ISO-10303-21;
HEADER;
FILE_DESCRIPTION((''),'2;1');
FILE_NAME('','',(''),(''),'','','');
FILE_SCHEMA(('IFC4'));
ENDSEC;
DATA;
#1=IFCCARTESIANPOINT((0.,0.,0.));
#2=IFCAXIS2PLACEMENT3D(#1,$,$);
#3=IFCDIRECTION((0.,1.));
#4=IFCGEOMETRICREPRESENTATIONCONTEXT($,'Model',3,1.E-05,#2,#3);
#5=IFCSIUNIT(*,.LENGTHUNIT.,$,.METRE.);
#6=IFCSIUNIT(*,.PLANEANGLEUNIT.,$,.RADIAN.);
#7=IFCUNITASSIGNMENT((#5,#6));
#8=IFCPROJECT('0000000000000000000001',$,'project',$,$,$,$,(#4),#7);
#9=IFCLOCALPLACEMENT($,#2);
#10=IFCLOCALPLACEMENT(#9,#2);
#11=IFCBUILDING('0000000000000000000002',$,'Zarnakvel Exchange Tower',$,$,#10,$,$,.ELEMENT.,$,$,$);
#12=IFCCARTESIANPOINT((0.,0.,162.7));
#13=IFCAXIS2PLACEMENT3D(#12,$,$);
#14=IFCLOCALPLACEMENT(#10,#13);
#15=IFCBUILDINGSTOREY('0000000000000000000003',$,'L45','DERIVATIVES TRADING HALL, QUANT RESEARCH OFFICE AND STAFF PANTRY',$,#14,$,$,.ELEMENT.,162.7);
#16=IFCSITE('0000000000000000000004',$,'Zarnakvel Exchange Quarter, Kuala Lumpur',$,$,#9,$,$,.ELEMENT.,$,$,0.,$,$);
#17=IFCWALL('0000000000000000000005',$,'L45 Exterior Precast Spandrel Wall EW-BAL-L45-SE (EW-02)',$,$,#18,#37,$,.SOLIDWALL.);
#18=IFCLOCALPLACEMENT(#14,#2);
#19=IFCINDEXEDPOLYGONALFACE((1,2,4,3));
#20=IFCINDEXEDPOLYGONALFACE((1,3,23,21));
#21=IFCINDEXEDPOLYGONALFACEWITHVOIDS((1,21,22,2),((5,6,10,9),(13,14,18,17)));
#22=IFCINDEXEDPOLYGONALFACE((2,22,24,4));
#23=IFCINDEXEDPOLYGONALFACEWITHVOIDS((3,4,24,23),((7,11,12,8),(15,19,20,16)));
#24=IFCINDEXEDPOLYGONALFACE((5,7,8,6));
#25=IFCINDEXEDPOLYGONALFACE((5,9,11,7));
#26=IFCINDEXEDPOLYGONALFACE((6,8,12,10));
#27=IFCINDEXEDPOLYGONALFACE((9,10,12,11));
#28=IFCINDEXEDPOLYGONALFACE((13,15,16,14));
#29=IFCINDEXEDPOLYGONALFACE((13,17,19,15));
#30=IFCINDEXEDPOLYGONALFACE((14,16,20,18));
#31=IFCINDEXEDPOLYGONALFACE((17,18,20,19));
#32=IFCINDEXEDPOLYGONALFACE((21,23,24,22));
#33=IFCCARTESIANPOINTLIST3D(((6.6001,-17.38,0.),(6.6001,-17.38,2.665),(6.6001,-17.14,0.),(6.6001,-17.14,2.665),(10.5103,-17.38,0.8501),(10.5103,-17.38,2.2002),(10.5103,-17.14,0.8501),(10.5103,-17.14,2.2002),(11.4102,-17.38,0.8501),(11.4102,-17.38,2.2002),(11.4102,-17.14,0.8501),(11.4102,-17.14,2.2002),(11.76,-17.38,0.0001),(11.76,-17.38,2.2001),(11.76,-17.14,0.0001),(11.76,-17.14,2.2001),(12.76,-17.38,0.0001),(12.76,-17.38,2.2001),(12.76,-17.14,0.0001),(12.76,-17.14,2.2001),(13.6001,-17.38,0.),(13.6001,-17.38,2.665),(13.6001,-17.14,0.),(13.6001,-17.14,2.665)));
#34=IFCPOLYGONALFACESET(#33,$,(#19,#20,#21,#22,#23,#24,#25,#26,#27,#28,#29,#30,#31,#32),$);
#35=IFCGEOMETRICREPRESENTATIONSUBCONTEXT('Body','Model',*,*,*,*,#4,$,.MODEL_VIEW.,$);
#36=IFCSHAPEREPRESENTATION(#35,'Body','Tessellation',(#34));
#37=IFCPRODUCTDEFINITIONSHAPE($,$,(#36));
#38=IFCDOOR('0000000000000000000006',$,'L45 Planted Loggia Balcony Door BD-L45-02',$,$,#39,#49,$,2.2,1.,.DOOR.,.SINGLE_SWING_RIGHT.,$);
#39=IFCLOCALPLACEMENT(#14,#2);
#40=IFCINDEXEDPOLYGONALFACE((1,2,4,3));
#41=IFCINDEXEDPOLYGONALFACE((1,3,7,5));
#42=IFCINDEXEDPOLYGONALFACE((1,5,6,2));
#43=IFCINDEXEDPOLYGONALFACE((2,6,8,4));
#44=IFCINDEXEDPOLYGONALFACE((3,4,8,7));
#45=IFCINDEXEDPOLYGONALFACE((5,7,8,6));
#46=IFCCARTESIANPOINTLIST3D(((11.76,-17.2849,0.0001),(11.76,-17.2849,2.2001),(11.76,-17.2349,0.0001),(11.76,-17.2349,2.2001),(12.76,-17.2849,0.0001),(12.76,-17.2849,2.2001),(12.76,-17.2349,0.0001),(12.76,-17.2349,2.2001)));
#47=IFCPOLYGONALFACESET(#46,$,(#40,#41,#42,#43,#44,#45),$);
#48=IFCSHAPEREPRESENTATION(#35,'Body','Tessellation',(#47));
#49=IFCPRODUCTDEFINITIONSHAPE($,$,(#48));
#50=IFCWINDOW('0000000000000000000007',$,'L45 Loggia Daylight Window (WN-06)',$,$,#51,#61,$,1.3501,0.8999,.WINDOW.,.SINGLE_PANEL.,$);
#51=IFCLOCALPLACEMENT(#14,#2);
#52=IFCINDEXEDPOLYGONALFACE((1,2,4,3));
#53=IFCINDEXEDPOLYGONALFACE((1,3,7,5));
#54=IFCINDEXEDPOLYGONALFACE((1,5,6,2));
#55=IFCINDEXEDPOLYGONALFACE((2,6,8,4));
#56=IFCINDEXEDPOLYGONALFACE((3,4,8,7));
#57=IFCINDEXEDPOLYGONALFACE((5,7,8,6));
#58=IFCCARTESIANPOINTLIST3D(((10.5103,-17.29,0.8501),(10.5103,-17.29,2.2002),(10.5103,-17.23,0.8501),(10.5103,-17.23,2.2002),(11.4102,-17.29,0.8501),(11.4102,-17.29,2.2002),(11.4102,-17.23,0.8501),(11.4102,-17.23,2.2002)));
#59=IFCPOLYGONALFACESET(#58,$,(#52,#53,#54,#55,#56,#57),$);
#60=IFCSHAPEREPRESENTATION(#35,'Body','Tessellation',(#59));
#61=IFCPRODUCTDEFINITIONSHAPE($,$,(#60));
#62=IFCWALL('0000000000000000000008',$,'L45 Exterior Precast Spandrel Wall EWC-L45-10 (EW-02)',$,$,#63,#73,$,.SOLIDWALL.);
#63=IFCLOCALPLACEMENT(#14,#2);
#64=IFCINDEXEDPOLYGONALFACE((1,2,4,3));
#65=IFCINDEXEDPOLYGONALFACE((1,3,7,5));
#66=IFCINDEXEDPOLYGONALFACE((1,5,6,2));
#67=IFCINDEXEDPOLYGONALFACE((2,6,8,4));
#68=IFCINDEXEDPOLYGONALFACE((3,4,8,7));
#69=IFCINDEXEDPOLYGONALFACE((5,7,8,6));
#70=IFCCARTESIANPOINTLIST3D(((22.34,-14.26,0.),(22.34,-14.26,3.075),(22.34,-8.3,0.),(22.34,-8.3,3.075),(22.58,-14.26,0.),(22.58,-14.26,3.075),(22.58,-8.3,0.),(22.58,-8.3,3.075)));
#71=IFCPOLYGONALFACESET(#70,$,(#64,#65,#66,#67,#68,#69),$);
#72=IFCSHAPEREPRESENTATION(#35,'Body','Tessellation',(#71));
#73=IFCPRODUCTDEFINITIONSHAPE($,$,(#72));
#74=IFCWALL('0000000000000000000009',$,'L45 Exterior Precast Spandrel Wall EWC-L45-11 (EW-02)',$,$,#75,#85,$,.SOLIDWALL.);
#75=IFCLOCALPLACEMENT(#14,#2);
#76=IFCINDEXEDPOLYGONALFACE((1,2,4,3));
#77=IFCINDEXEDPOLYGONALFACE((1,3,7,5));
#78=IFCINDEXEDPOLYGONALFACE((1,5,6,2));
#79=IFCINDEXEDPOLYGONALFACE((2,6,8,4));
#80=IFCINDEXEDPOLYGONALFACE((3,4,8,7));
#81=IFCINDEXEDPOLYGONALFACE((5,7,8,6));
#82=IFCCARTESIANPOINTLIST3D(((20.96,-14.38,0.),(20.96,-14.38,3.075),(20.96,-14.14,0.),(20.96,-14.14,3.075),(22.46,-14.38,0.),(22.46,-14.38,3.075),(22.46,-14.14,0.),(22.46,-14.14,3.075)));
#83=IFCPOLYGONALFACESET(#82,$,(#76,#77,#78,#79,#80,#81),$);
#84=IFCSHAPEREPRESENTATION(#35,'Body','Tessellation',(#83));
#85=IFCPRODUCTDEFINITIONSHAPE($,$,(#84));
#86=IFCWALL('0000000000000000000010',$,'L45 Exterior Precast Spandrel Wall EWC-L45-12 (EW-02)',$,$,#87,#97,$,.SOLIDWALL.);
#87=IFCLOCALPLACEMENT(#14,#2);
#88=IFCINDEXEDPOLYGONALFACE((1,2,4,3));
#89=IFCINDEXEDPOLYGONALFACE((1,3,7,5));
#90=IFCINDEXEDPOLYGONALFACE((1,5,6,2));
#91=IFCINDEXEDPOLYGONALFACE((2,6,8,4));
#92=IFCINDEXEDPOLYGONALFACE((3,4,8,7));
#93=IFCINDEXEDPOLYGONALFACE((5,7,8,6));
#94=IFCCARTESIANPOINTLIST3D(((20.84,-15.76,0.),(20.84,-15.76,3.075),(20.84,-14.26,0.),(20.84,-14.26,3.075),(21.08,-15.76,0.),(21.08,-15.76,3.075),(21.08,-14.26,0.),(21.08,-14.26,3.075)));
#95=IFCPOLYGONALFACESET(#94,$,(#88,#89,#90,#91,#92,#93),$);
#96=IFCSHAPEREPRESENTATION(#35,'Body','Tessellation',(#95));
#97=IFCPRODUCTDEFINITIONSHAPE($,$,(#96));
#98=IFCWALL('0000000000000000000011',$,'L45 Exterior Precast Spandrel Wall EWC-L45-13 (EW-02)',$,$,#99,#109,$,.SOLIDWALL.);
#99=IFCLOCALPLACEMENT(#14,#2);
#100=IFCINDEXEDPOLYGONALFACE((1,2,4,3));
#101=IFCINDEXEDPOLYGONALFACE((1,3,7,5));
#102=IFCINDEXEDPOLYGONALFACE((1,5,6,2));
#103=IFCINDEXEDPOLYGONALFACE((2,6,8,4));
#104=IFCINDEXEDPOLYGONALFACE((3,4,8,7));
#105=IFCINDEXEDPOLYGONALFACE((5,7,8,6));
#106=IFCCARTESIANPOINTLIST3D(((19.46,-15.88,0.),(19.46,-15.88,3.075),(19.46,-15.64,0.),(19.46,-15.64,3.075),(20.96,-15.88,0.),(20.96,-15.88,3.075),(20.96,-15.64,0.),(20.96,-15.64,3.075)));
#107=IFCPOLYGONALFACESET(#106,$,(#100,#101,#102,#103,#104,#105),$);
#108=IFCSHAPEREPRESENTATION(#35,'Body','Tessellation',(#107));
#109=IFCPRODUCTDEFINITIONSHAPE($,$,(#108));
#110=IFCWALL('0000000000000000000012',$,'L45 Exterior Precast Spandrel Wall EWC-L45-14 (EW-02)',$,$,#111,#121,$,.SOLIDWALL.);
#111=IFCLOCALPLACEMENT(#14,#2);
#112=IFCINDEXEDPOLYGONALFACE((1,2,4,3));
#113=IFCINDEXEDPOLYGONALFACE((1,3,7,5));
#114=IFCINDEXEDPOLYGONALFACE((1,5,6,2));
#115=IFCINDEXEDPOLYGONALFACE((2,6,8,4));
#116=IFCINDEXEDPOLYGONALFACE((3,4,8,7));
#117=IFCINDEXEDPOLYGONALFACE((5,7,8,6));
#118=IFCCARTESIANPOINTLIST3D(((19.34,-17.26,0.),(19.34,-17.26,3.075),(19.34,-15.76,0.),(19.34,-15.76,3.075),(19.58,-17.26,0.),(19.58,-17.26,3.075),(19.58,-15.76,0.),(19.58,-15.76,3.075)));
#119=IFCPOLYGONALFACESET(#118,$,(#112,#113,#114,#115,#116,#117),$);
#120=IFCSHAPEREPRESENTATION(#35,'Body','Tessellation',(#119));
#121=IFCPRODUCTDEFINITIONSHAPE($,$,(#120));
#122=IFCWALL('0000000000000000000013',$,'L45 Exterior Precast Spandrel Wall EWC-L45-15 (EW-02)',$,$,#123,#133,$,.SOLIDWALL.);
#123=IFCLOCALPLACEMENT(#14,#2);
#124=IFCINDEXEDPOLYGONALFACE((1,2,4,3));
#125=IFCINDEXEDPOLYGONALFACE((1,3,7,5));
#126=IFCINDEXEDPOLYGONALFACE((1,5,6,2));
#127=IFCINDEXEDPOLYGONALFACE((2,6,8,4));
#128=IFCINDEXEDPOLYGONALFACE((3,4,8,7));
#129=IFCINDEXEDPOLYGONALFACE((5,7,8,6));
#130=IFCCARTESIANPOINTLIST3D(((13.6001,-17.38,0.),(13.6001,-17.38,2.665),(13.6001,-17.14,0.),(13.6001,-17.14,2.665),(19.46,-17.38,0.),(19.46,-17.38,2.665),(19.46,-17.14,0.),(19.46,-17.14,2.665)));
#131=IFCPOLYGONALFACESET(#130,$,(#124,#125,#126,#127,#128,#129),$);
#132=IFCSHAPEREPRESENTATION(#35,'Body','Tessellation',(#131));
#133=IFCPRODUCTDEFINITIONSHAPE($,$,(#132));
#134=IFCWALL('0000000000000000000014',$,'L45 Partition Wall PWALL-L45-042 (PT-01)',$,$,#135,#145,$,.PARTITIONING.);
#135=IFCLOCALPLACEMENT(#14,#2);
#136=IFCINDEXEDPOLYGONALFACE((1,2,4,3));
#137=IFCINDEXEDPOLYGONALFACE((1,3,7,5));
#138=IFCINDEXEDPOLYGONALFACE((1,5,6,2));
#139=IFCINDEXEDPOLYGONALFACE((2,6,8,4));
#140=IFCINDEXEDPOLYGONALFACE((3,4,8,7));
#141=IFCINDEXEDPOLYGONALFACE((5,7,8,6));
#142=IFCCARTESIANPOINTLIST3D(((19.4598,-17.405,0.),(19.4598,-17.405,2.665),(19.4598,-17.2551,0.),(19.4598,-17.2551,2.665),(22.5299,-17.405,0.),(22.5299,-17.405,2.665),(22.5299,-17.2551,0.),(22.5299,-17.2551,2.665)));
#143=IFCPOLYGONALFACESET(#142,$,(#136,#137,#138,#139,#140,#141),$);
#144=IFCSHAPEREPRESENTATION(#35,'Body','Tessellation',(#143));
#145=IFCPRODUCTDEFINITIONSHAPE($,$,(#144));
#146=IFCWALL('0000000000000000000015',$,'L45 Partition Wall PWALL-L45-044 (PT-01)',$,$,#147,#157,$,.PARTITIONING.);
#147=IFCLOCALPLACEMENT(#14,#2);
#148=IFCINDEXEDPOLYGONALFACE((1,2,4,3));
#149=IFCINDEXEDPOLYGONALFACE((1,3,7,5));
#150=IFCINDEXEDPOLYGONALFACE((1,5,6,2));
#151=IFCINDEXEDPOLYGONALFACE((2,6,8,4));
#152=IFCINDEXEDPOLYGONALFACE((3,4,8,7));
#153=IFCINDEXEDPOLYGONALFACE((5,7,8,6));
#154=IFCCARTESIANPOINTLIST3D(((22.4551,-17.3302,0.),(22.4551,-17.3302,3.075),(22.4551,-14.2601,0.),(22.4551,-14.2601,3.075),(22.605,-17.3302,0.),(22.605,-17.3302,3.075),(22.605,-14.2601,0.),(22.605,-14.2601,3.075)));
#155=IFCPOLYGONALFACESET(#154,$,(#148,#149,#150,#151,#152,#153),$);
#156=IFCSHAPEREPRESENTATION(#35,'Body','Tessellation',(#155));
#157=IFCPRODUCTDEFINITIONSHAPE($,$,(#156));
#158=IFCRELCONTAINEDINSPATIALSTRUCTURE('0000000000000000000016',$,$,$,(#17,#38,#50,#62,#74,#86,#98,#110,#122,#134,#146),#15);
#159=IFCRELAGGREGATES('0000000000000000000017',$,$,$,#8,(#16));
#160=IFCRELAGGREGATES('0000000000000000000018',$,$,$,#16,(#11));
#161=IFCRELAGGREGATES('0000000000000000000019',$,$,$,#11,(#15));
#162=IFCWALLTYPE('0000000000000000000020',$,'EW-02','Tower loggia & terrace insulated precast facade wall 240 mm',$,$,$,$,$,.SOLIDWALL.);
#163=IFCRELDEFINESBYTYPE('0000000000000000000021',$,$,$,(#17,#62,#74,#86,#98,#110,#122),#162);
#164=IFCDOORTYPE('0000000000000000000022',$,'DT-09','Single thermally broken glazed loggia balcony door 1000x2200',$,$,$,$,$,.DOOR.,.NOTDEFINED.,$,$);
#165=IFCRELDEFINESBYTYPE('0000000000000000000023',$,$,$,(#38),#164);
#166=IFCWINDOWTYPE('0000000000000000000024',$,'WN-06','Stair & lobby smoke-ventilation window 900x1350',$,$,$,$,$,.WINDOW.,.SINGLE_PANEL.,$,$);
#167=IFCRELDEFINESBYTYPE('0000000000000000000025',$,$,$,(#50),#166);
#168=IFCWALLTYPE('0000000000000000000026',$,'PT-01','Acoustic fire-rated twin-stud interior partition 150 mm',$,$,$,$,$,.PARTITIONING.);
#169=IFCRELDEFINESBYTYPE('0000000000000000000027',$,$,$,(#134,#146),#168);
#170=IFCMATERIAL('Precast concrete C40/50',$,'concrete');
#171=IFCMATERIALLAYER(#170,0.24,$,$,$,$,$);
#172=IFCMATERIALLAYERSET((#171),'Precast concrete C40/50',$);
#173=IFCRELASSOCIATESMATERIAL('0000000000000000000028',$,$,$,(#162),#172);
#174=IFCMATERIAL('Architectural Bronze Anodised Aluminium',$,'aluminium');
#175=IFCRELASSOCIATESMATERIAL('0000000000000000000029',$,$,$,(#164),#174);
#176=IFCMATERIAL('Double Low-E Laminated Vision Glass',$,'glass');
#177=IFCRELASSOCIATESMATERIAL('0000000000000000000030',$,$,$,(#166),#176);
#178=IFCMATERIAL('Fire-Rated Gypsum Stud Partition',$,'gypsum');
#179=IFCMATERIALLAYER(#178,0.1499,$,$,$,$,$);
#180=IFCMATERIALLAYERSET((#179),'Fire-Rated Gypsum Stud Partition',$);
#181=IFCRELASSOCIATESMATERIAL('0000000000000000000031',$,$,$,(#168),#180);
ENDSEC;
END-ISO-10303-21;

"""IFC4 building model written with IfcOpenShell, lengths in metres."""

from ifc_helpers import new_model, si_unit, direction, frame, frame_2d, origin, place, context, subcontext, project, spatial, rectangle, extrude, source, transform, mapped, material, layer, layer_set, type_object, element, fill, save


model = new_model("IFC4")

# Units and contexts
model_context = context("Model", 3, precision=1e-05, world=origin(), true_north=direction((0.0, 1.0)))
body_context = subcontext(model_context, "Body", "Model", "MODEL_VIEW")
ifc_project = project(units=[si_unit("LENGTHUNIT", "METRE"), si_unit("PLANEANGLEUNIT", "RADIAN")], contexts=[model_context])

# Site, building, storey
site_placement = place(None, origin())
site = spatial("IfcSite", under=ifc_project, at=site_placement, Name="Zarnakvel Exchange Quarter, Kuala Lumpur", CompositionType="ELEMENT", RefElevation=0.0)
building_placement = place(site_placement, origin())
building = spatial("IfcBuilding", under=site, at=building_placement, Name="Zarnakvel Exchange Tower", CompositionType="ELEMENT")
storey_placement = place(building_placement, frame((0.0, 0.0, 162.7)))
storey = spatial("IfcBuildingStorey", under=building, at=storey_placement, Name="L45", Description="DERIVATIVES TRADING HALL, QUANT RESEARCH OFFICE AND STAFF PANTRY", CompositionType="ELEMENT", Elevation=162.7)

# Wall, openings, door, window
ifc_material_1 = material(Name="Precast concrete C40/50", Category="concrete")
ifc_layer_1 = layer(ifc_material_1, 0.24)
ifc_layer_set_1 = layer_set([ifc_layer_1], Name="Precast concrete C40/50")
wall_type_1 = type_object("IfcWallType", Name="EW-02", Description="Tower loggia & terrace insulated precast facade wall 240 mm", PredefinedType="SOLIDWALL", material=ifc_layer_set_1)
wall_1_placement = place(storey_placement, frame((13.6001, -17.26, 0.0), z_axis=(0.0, 0.0, 1.0), x_axis=(-1.0, 0.0, 0.0)))
wall_1 = element("IfcWall", 1, at=wall_1_placement, inside=storey, type_object=wall_type_1, Name="L45 Exterior Precast Spandrel Wall EW-BAL-L45-SE (EW-02)", PredefinedType="SOLIDWALL", context=body_context, shape_type="SweptSolid", body=[
    extrude(rectangle(XDim=7.0, YDim=0.24, at=frame_2d((3.5, 0.0))), origin(), (0.0, 0.0, 1.0), 2.665),
])
opening_1_placement = place(wall_1_placement, frame((0.8401, 0.0, 0.0)))
opening_1 = element("IfcOpeningElement", 2, at=opening_1_placement, cuts=wall_1, PredefinedType="OPENING", context=body_context, shape_type="SweptSolid", body=[
    extrude(rectangle(XDim=1.0, YDim=2.2, at=frame_2d((0.5, 1.1001))), frame((0.0, 0.1299, 0.0), z_axis=(0.0, -1.0, 0.0), x_axis=(1.0, 0.0, 0.0)), (0.0, 0.0, 1.0), 0.26),
])
opening_2_placement = place(wall_1_placement, frame((2.1899, 0.0, 0.8501)))
opening_2 = element("IfcOpeningElement", 3, at=opening_2_placement, cuts=wall_1, PredefinedType="OPENING", context=body_context, shape_type="SweptSolid", body=[
    extrude(rectangle(XDim=0.8999, YDim=1.3501, at=frame_2d((0.45, 0.675))), frame((0.0, 0.1299, 0.0), z_axis=(0.0, -1.0, 0.0), x_axis=(1.0, 0.0, 0.0)), (0.0, 0.0, 1.0), 0.26),
])
ifc_material_2 = material(Name="Architectural Bronze Anodised Aluminium", Category="aluminium")
door_type = type_object("IfcDoorType", Name="DT-09", Description="Single thermally broken glazed loggia balcony door 1000x2200", OperationType="NOTDEFINED", PredefinedType="DOOR", material=ifc_material_2)
shared_shape_1 = source(origin(), body_context, "Body", "SweptSolid", [
    extrude(rectangle(XDim=1.0, YDim=2.2, at=frame_2d((0.5, 1.1001))), frame((0.0, 0.0249, 0.0), z_axis=(0.0, -1.0, 0.0), x_axis=(1.0, 0.0, 0.0)), (0.0, 0.0, 1.0), 0.05),
])
door_placement = place(opening_1_placement, origin())
door = element("IfcDoor", 4, at=door_placement, inside=storey, type_object=door_type, Name="L45 Planted Loggia Balcony Door BD-L45-02", OperationType="SINGLE_SWING_RIGHT", OverallHeight=2.2, OverallWidth=1.0, PredefinedType="DOOR", context=body_context, shape_type="MappedRepresentation", body=[
    mapped(shared_shape_1, transform((0.0, 0.0, 0.0), x_axis=(1.0, 0.0, 0.0), y_axis=(0.0, 1.0, 0.0), z_axis=(0.0, 0.0, 1.0), scale=1.0)),
])
fill(opening_1, door)
ifc_material_3 = material(Name="Double Low-E Laminated Vision Glass", Category="glass")
window_type = type_object("IfcWindowType", Name="WN-06", Description="Stair & lobby smoke-ventilation window 900x1350", PartitioningType="SINGLE_PANEL", PredefinedType="WINDOW", material=ifc_material_3)
shared_shape_2 = source(origin(), body_context, "Body", "SweptSolid", [
    extrude(rectangle(XDim=0.8999, YDim=1.3501, at=frame_2d((0.45, 0.675))), frame((0.0, 0.03, 0.0), z_axis=(0.0, -1.0, 0.0), x_axis=(1.0, 0.0, 0.0)), (0.0, 0.0, 1.0), 0.0601),
])
window_placement = place(opening_2_placement, origin())
window = element("IfcWindow", 5, at=window_placement, inside=storey, type_object=window_type, Name="L45 Loggia Daylight Window (WN-06)", OverallHeight=1.3501, OverallWidth=0.8999, PartitioningType="SINGLE_PANEL", PredefinedType="WINDOW", context=body_context, shape_type="MappedRepresentation", body=[
    mapped(shared_shape_2, transform((0.0, 0.0, 0.0), x_axis=(1.0, 0.0, 0.0), y_axis=(0.0, 1.0, 0.0), z_axis=(0.0, 0.0, 1.0), scale=1.0)),
])
fill(opening_2, window)

# Walls
wall_2_placement = place(storey_placement, frame((22.46, -14.26, 0.0), z_axis=(0.0, 0.0, 1.0), x_axis=(0.0, 1.0, 0.0)))
element("IfcWall", 6, at=wall_2_placement, inside=storey, type_object=wall_type_1, Name="L45 Exterior Precast Spandrel Wall EWC-L45-10 (EW-02)", PredefinedType="SOLIDWALL", context=body_context, shape_type="SweptSolid", body=[
    extrude(rectangle(XDim=5.96, YDim=0.24, at=frame_2d((2.98, 0.0))), origin(), (0.0, 0.0, 1.0), 3.075),
])
for number, where, z_axis, x_axis, name in (
    (7, (20.96, -14.26, 0.0), (0.0, 0.0, 1.0), (1.0, 0.0, 0.0), "L45 Exterior Precast Spandrel Wall EWC-L45-11 (EW-02)"),
    (8, (20.96, -15.76, 0.0), (0.0, 0.0, 1.0), (0.0, 1.0, 0.0), "L45 Exterior Precast Spandrel Wall EWC-L45-12 (EW-02)"),
    (9, (19.46, -15.76, 0.0), (0.0, 0.0, 1.0), (1.0, 0.0, 0.0), "L45 Exterior Precast Spandrel Wall EWC-L45-13 (EW-02)"),
    (10, (19.46, -17.26, 0.0), (0.0, 0.0, 1.0), (0.0, 1.0, 0.0), "L45 Exterior Precast Spandrel Wall EWC-L45-14 (EW-02)"),
):
    element("IfcWall", number, at=place(storey_placement, frame(where, z_axis=z_axis, x_axis=x_axis)), inside=storey, type_object=wall_type_1, Name=name, PredefinedType="SOLIDWALL", context=body_context, shape_type="SweptSolid", body=[
        extrude(rectangle(XDim=1.5, YDim=0.24, at=frame_2d((0.75, 0.0))), origin(), (0.0, 0.0, 1.0), 3.075),
    ])
wall_3_placement = place(storey_placement, frame((13.6001, -17.26, 0.0), z_axis=(0.0, 0.0, 1.0), x_axis=(1.0, 0.0, 0.0)))
element("IfcWall", 11, at=wall_3_placement, inside=storey, type_object=wall_type_1, Name="L45 Exterior Precast Spandrel Wall EWC-L45-15 (EW-02)", PredefinedType="SOLIDWALL", context=body_context, shape_type="SweptSolid", body=[
    extrude(rectangle(XDim=5.8599, YDim=0.24, at=frame_2d((2.9299, 0.0))), origin(), (0.0, 0.0, 1.0), 2.665),
])
ifc_material_4 = material(Name="Fire-Rated Gypsum Stud Partition", Category="gypsum")
ifc_layer_2 = layer(ifc_material_4, 0.1499)
ifc_layer_set_2 = layer_set([ifc_layer_2], Name="Fire-Rated Gypsum Stud Partition")
wall_type_2 = type_object("IfcWallType", Name="PT-01", Description="Acoustic fire-rated twin-stud interior partition 150 mm", PredefinedType="PARTITIONING", material=ifc_layer_set_2)
wall_4_placement = place(storey_placement, frame((22.53, -17.3301, 0.0), z_axis=(0.0, 0.0, 1.0), x_axis=(-1.0, 0.0, 0.0)))
element("IfcWall", 12, at=wall_4_placement, inside=storey, type_object=wall_type_2, Name="L45 Partition Wall PWALL-L45-042 (PT-01)", PredefinedType="PARTITIONING", context=body_context, shape_type="SweptSolid", body=[
    extrude(rectangle(XDim=3.0701, YDim=0.1499, at=frame_2d((1.5352, 0.0))), origin(), (0.0, 0.0, 1.0), 2.665),
])
wall_5_placement = place(storey_placement, frame((22.53, -14.26, 0.0), z_axis=(0.0, 0.0, 1.0), x_axis=(0.0, -1.0, 0.0)))
element("IfcWall", 13, at=wall_5_placement, inside=storey, type_object=wall_type_2, Name="L45 Partition Wall PWALL-L45-044 (PT-01)", PredefinedType="PARTITIONING", context=body_context, shape_type="SweptSolid", body=[
    extrude(rectangle(XDim=3.0701, YDim=0.1499, at=frame_2d((1.5352, 0.0))), origin(), (0.0, 0.0, 1.0), 3.075),
])

save(model, "model.ifc")
